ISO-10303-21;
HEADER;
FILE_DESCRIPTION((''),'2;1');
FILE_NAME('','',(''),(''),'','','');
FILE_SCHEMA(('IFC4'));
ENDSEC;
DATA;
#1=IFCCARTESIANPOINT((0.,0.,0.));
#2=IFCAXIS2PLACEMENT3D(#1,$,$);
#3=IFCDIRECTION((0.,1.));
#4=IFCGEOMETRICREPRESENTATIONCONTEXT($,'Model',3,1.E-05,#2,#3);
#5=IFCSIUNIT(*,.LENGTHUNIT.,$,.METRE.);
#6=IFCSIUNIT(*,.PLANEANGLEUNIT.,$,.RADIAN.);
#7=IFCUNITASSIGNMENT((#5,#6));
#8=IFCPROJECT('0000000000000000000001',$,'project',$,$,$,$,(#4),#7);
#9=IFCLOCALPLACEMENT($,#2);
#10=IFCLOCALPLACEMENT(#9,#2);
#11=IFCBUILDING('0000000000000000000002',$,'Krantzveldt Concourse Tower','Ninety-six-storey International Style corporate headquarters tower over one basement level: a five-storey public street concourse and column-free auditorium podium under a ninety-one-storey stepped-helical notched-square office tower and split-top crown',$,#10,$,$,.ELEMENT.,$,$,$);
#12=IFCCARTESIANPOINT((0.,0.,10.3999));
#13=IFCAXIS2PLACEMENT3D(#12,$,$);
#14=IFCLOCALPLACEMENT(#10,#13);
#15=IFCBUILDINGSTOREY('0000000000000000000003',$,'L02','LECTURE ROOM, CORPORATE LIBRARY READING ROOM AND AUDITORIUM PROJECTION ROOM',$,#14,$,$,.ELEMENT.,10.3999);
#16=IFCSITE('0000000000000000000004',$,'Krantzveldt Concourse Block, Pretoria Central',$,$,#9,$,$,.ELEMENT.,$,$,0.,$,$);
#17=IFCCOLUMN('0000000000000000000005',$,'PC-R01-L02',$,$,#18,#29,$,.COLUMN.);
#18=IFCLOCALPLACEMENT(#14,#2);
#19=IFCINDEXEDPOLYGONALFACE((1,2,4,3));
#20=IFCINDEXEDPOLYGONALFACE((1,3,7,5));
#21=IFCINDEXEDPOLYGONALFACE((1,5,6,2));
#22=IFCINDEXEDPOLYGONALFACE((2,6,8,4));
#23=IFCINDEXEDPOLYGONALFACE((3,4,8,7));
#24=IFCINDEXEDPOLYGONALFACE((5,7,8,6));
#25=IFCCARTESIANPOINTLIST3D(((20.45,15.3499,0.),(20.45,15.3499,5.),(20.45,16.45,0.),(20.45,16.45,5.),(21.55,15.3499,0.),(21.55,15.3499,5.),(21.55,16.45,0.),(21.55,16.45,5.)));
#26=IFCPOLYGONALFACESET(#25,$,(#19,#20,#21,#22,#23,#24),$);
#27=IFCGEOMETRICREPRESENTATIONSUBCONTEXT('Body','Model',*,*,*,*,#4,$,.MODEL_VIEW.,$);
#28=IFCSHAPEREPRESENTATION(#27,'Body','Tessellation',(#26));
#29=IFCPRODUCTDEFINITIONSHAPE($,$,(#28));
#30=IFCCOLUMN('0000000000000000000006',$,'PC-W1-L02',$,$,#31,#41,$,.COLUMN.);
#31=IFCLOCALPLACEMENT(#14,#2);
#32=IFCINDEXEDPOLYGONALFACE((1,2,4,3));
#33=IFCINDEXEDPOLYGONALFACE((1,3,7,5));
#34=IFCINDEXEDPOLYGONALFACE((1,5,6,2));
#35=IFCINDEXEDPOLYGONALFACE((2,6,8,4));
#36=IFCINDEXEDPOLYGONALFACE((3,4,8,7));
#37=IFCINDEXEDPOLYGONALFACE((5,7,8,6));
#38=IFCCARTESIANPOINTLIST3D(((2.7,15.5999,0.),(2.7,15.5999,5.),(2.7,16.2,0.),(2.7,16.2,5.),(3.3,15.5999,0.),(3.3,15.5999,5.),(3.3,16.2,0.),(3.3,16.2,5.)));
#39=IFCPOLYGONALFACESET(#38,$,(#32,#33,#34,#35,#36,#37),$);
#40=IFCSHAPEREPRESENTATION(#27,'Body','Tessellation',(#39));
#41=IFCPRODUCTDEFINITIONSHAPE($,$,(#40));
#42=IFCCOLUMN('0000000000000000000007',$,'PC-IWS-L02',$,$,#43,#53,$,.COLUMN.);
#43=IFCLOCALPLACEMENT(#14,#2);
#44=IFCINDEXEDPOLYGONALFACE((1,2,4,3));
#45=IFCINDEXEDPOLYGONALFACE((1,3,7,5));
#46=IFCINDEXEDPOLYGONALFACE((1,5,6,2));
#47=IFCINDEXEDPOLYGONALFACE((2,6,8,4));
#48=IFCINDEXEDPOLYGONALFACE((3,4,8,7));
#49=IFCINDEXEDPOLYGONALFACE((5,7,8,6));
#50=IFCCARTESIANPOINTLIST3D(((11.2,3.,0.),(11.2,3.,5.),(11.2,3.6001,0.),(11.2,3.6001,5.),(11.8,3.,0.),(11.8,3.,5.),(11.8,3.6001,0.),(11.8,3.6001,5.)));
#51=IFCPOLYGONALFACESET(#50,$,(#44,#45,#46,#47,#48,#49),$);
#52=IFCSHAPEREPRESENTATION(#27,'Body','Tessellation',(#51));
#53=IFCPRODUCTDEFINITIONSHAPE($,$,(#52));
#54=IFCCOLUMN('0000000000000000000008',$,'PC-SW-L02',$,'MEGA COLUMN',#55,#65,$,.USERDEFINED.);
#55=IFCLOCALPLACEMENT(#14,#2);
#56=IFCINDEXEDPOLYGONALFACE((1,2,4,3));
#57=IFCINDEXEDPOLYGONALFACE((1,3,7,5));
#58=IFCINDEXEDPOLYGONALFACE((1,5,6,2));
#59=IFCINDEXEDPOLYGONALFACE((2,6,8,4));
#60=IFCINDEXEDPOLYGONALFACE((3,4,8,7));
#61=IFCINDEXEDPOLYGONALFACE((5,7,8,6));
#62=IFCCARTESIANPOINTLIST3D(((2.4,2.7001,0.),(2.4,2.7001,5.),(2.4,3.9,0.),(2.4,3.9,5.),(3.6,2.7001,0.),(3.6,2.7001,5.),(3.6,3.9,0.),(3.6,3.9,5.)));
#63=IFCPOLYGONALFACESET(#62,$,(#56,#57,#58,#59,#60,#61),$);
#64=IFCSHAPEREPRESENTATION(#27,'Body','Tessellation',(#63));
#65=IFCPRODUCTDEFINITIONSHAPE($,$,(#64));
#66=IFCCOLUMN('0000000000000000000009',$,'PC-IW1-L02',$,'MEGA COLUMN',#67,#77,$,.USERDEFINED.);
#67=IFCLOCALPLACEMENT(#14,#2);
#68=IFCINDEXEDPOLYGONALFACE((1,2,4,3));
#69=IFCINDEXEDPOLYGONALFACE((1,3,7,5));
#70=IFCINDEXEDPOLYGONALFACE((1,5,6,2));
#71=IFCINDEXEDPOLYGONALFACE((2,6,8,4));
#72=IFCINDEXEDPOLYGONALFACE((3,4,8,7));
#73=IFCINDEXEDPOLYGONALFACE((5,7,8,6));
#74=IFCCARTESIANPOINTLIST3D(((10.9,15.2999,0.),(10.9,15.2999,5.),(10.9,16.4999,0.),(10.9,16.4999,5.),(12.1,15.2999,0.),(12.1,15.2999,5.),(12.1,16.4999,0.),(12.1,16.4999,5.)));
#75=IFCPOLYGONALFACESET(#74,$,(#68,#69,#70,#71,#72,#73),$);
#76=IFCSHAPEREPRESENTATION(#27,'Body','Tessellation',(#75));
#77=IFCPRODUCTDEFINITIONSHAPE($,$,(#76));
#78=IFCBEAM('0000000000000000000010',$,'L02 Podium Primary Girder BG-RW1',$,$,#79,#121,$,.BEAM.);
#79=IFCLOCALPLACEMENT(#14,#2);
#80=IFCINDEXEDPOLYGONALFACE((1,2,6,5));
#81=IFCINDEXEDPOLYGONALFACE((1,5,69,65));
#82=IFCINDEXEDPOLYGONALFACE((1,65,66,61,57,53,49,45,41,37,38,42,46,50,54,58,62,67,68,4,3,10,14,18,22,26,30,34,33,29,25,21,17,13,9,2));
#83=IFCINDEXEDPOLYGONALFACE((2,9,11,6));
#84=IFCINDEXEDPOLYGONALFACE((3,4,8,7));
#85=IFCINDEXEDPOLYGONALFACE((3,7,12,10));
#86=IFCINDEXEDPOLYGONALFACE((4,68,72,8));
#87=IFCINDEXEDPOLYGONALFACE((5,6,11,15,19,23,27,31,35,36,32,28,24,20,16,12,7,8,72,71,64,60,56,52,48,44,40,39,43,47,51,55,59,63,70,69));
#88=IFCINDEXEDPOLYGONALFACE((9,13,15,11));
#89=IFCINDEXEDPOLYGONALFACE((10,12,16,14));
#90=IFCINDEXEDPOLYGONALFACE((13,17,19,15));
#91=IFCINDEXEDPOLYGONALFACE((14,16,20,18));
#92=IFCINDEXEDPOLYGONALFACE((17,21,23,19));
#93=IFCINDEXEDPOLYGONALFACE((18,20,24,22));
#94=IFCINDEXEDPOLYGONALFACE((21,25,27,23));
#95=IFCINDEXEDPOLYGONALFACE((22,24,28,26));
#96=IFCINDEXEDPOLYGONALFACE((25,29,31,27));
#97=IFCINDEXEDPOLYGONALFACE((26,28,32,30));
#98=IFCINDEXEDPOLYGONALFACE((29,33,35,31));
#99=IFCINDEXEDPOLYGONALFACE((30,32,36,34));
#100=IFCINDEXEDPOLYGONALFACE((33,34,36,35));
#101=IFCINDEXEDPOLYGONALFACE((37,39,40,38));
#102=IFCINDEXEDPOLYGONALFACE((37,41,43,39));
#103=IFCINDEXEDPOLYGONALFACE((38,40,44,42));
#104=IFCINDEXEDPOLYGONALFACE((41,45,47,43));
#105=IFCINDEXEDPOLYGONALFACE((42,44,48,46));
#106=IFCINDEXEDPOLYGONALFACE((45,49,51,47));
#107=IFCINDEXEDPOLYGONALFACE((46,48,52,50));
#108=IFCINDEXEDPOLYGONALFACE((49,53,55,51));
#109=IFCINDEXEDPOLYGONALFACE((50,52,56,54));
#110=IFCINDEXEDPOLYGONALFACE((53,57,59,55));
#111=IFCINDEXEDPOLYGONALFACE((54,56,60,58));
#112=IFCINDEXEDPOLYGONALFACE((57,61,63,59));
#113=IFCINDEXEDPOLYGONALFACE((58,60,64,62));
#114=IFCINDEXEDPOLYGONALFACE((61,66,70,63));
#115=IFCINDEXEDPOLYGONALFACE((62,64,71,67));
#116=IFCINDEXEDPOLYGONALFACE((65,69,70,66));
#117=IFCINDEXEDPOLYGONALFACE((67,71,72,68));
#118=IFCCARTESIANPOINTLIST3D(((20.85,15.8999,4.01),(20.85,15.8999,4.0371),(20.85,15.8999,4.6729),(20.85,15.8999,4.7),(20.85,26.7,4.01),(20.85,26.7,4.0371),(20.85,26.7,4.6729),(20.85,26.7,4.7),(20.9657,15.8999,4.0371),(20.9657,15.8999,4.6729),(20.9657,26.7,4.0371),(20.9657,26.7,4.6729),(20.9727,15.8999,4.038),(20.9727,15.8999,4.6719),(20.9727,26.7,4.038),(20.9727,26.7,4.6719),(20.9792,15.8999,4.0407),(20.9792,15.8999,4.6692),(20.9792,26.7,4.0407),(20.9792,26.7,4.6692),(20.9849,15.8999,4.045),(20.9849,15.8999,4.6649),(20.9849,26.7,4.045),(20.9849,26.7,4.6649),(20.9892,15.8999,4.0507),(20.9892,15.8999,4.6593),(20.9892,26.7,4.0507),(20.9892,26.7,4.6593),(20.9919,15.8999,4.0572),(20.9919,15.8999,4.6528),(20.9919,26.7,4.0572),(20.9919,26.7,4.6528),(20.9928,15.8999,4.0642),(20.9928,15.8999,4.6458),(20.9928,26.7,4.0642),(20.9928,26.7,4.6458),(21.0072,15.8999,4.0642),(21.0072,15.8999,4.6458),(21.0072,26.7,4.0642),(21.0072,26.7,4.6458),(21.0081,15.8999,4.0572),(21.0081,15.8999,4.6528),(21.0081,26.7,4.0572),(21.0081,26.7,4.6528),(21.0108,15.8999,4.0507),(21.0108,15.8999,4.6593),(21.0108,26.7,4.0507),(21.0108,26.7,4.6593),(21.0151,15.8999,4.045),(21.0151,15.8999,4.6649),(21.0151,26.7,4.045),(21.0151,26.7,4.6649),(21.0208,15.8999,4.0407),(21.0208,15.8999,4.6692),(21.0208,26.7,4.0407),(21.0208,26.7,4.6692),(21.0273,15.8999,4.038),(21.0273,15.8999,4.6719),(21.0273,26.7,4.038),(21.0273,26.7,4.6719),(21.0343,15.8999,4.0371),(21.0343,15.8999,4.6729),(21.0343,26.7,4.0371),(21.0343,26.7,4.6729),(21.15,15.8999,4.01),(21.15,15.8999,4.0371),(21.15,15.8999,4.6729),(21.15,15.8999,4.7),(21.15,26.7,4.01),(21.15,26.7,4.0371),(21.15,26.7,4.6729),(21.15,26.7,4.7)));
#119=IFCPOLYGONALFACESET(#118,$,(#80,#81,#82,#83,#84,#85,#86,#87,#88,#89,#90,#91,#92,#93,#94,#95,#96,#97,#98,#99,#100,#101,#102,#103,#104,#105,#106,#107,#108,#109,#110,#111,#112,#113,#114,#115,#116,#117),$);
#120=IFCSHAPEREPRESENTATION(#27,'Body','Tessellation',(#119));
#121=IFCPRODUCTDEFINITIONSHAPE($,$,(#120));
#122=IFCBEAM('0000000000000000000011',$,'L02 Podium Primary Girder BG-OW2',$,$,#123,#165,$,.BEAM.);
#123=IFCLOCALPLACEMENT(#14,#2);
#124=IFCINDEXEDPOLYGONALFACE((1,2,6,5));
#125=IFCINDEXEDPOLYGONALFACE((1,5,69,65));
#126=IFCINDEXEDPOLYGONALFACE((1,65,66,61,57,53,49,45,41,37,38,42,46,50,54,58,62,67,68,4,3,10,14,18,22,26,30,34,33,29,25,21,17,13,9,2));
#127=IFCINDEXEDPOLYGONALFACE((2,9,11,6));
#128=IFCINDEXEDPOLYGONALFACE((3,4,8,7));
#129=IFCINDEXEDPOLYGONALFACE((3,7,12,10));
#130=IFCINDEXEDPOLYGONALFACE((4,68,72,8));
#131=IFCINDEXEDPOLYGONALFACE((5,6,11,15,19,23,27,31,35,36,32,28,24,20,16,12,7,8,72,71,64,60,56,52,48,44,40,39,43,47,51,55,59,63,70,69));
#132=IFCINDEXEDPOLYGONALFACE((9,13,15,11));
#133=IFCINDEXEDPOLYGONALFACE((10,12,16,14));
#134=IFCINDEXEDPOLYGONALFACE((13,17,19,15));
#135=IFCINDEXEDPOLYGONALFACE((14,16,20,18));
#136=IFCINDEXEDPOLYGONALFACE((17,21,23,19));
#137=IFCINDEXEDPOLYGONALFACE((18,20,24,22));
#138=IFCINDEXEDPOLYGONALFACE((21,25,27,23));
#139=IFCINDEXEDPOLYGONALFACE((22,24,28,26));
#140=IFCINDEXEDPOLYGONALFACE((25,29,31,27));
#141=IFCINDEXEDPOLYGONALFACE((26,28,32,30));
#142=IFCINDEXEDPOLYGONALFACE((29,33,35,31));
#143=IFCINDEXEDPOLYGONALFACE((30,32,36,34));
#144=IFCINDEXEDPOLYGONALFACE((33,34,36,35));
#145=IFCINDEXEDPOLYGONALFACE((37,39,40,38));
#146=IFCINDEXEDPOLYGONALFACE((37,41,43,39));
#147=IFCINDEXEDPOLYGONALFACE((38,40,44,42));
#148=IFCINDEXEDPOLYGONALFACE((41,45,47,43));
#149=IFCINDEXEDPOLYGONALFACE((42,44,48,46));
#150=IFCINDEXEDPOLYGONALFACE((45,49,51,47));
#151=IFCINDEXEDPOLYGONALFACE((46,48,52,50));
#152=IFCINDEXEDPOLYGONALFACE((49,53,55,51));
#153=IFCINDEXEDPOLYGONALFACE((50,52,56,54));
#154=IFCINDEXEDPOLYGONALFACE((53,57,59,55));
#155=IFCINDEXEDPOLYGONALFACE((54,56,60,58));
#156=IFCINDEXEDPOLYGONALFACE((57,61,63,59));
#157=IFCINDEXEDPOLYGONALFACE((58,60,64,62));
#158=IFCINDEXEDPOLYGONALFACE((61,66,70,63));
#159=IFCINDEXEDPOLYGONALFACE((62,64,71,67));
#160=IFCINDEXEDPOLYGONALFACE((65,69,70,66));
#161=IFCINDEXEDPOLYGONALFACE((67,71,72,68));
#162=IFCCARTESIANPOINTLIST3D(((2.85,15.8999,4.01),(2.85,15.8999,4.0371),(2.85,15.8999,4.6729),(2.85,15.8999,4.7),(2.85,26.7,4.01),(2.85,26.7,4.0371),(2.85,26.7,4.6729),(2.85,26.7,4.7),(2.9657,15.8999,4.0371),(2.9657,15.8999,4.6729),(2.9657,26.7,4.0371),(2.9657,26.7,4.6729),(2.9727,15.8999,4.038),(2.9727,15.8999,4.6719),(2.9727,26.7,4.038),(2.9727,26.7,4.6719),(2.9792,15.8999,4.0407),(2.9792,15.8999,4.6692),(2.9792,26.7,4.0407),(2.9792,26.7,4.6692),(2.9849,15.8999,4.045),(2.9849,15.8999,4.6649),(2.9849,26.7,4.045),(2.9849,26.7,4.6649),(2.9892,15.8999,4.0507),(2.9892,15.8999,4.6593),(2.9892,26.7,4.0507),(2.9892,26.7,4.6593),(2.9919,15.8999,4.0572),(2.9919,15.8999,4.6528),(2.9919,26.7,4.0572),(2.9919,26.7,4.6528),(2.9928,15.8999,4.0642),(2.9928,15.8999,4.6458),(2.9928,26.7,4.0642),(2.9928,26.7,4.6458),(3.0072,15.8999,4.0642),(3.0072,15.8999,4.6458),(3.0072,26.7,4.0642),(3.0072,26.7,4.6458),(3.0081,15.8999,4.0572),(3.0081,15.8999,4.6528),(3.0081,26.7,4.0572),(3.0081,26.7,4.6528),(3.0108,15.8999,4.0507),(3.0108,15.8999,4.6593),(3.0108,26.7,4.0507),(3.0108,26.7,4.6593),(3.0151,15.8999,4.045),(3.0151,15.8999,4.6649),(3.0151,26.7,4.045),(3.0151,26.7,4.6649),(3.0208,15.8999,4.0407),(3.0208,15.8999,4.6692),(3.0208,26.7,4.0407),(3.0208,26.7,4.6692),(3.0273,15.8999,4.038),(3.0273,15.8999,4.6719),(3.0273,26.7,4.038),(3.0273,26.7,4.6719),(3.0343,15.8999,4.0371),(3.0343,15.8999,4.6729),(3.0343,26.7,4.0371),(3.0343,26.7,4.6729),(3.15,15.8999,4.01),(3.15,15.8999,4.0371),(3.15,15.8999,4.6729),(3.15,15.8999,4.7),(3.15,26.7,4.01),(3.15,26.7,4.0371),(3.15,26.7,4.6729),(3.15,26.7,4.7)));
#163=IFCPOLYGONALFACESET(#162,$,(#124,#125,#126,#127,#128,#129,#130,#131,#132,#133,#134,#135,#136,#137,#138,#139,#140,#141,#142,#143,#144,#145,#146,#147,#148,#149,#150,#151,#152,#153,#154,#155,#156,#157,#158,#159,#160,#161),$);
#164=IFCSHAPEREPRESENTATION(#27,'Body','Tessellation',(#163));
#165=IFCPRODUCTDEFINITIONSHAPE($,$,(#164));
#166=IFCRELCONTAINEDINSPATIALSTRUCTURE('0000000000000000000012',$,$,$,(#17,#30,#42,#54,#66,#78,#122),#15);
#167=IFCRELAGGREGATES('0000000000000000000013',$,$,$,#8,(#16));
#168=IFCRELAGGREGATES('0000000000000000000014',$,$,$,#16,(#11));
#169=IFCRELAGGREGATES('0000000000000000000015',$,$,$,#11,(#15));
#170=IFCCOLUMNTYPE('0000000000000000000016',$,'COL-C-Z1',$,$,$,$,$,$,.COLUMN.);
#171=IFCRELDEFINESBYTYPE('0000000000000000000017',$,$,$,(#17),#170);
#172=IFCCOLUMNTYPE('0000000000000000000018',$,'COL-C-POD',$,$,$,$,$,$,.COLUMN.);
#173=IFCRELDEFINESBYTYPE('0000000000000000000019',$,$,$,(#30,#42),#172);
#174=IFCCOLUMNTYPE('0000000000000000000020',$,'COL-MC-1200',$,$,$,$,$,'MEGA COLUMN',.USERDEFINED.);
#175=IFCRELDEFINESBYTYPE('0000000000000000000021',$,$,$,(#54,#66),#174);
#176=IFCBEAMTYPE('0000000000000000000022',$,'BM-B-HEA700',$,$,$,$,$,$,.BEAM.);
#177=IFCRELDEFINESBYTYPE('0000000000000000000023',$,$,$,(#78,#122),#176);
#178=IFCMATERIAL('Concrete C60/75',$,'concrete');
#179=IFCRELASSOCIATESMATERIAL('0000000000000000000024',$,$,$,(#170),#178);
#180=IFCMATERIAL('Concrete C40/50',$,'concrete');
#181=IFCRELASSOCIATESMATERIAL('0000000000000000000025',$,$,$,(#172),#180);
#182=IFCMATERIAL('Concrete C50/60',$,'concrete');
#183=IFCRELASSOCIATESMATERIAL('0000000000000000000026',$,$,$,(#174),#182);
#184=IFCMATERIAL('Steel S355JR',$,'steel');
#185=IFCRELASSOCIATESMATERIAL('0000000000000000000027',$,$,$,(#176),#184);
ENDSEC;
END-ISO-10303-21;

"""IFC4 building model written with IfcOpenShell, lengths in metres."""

from ifc_helpers import new_model, si_unit, direction, frame, origin, origin_2d, place, context, subcontext, project, spatial, rectangle, i_section, extrude, source, transform, mapped, material, material_profile, profile_set, type_object, type_shapes, element, save


model = new_model("IFC4")

# Units and contexts
model_context = context("Model", 3, precision=1e-05, world=origin(), true_north=direction((0.0, 1.0)))
body_context = subcontext(model_context, "Body", "Model", "MODEL_VIEW")
ifc_project = project(units=[si_unit("LENGTHUNIT", "METRE"), si_unit("PLANEANGLEUNIT", "RADIAN")], contexts=[model_context])

# Site, building, storey
site_placement = place(None, origin())
site = spatial("IfcSite", under=ifc_project, at=site_placement, Name="Krantzveldt Concourse Block, Pretoria Central", CompositionType="ELEMENT", RefElevation=0.0)
building_placement = place(site_placement, origin())
building = spatial("IfcBuilding", under=site, at=building_placement, Name="Krantzveldt Concourse Tower", Description="Ninety-six-storey International Style corporate headquarters tower over one basement level: a five-storey public street concourse and column-free auditorium podium under a ninety-one-storey stepped-helical notched-square office tower and split-top crown", CompositionType="ELEMENT")
storey_placement = place(building_placement, frame((0.0, 0.0, 10.3999)))
storey = spatial("IfcBuildingStorey", under=building, at=storey_placement, Name="L02", Description="LECTURE ROOM, CORPORATE LIBRARY READING ROOM AND AUDITORIUM PROJECTION ROOM", CompositionType="ELEMENT", Elevation=10.3999)

# Columns
ifc_material_1 = material(Name="Concrete C60/75", Category="concrete")
ifc_material_profile_1 = material_profile(ifc_material_1, rectangle(XDim=1.1001, YDim=1.1001, at=origin_2d()), Name="Concrete C60/75", Category="concrete")
ifc_profile_set_1 = profile_set([ifc_material_profile_1], Name="Concrete C60/75 - RC 1100x1100")
column_type_1 = type_object("IfcColumnType", Name="COL-C-Z1", PredefinedType="COLUMN", material=ifc_profile_set_1)
shared_shape_1 = source(origin(), body_context, "Body", "SweptSolid", [
    extrude(rectangle(XDim=1.1001, YDim=1.1001, at=origin_2d()), origin(), (0.0, 0.0, 1.0), 5.0),
])
type_shapes(column_type_1, [shared_shape_1])
column_placement = place(storey_placement, frame((21.0, 15.8999, 0.0), z_axis=(0.0, 0.0, 1.0), x_axis=(1.0, 0.0, 0.0)))
element("IfcColumn", 1, at=column_placement, inside=storey, type_object=column_type_1, Name="PC-R01-L02", PredefinedType="COLUMN", context=body_context, shape_type="MappedRepresentation", body=[
    mapped(shared_shape_1, transform((0.0, 0.0, 0.0), x_axis=(1.0, 0.0, 0.0), y_axis=(0.0, 1.0, 0.0), z_axis=(0.0, 0.0, 1.0), scale=1.0)),
])
ifc_material_2 = material(Name="Concrete C40/50", Category="concrete")
ifc_material_profile_2 = material_profile(ifc_material_2, rectangle(XDim=0.6001, YDim=0.6001, at=origin_2d()), Name="Concrete C40/50", Category="concrete")
ifc_profile_set_2 = profile_set([ifc_material_profile_2], Name="Concrete C40/50 - RC 600x600")
column_type_2 = type_object("IfcColumnType", Name="COL-C-POD", PredefinedType="COLUMN", material=ifc_profile_set_2)
shared_shape_2 = source(origin(), body_context, "Body", "SweptSolid", [
    extrude(rectangle(XDim=0.6001, YDim=0.6001, at=origin_2d()), origin(), (0.0, 0.0, 1.0), 5.0),
])
type_shapes(column_type_2, [shared_shape_2])
for number, where, z_axis, x_axis, name in (
    (2, (3.0, 15.8999, 0.0), (0.0, 0.0, 1.0), (1.0, 0.0, 0.0), "PC-W1-L02"),
    (3, (11.5, 3.3, 0.0), (0.0, 0.0, 1.0), (1.0, 0.0, 0.0), "PC-IWS-L02"),
):
    element("IfcColumn", number, at=place(storey_placement, frame(where, z_axis=z_axis, x_axis=x_axis)), inside=storey, type_object=column_type_2, Name=name, PredefinedType="COLUMN", context=body_context, shape_type="MappedRepresentation", body=[
        mapped(shared_shape_2, transform((0.0, 0.0, 0.0), x_axis=(1.0, 0.0, 0.0), y_axis=(0.0, 1.0, 0.0), z_axis=(0.0, 0.0, 1.0), scale=1.0)),
    ])
ifc_material_3 = material(Name="Concrete C50/60", Category="concrete")
ifc_material_profile_3 = material_profile(ifc_material_3, rectangle(XDim=1.2, YDim=1.2, at=origin_2d()), Name="Concrete C50/60", Category="concrete")
ifc_profile_set_3 = profile_set([ifc_material_profile_3], Name="Concrete C50/60 - RC 1200x1200")
column_type_3 = type_object("IfcColumnType", Name="COL-MC-1200", ElementType="MEGA COLUMN", PredefinedType="USERDEFINED", material=ifc_profile_set_3)
shared_shape_3 = source(origin(), body_context, "Body", "SweptSolid", [
    extrude(rectangle(XDim=1.2, YDim=1.2, at=origin_2d()), origin(), (0.0, 0.0, 1.0), 5.0),
])
type_shapes(column_type_3, [shared_shape_3])
for number, where, z_axis, x_axis, name in (
    (4, (3.0, 3.3, 0.0), (0.0, 0.0, 1.0), (1.0, 0.0, 0.0), "PC-SW-L02"),
    (5, (11.5, 15.8999, 0.0), (0.0, 0.0, 1.0), (1.0, 0.0, 0.0), "PC-IW1-L02"),
):
    element("IfcColumn", number, at=place(storey_placement, frame(where, z_axis=z_axis, x_axis=x_axis)), inside=storey, type_object=column_type_3, Name=name, ObjectType="MEGA COLUMN", PredefinedType="USERDEFINED", context=body_context, shape_type="MappedRepresentation", body=[
        mapped(shared_shape_3, transform((0.0, 0.0, 0.0), x_axis=(1.0, 0.0, 0.0), y_axis=(0.0, 1.0, 0.0), z_axis=(0.0, 0.0, 1.0), scale=1.0)),
    ])

# Beams
ifc_material_4 = material(Name="Steel S355JR", Category="steel")
ifc_material_profile_4 = material_profile(ifc_material_4, i_section(OverallWidth=0.3, OverallDepth=0.6899, WebThickness=0.0144, FlangeThickness=0.0271, FilletRadius=0.0271, at=origin_2d()), Name="Steel S355JR", Category="steel")
ifc_profile_set_4 = profile_set([ifc_material_profile_4], Name="Steel S355JR - HEA 700")
beam_type_1 = type_object("IfcBeamType", Name="BM-B-HEA700", PredefinedType="BEAM", material=ifc_profile_set_4)
shared_shape_4 = source(origin(), body_context, "Body", "SweptSolid", [
    extrude(i_section(OverallWidth=0.3, OverallDepth=0.6899, WebThickness=0.0144, FlangeThickness=0.0271, FilletRadius=0.0271, at=origin_2d()), origin(), (0.0, 0.0, 1.0), 10.8),
])
for number, where, z_axis, x_axis, name in (
    (6, (21.0, 15.8999, 4.355), (0.0, 1.0, 0.0), (-1.0, 0.0, 0.0), "L02 Podium Primary Girder BG-RW1"),
    (7, (3.0, 15.8999, 4.355), (0.0, 1.0, 0.0), (-1.0, 0.0, 0.0), "L02 Podium Primary Girder BG-OW2"),
):
    element("IfcBeam", number, at=place(storey_placement, frame(where, z_axis=z_axis, x_axis=x_axis)), inside=storey, type_object=beam_type_1, Name=name, PredefinedType="BEAM", context=body_context, shape_type="MappedRepresentation", body=[
        mapped(shared_shape_4, transform((0.0, 0.0, 0.0), x_axis=(1.0, 0.0, 0.0), y_axis=(0.0, 1.0, 0.0), z_axis=(0.0, 0.0, 1.0), scale=1.0)),
    ])

save(model, "model.ifc")
